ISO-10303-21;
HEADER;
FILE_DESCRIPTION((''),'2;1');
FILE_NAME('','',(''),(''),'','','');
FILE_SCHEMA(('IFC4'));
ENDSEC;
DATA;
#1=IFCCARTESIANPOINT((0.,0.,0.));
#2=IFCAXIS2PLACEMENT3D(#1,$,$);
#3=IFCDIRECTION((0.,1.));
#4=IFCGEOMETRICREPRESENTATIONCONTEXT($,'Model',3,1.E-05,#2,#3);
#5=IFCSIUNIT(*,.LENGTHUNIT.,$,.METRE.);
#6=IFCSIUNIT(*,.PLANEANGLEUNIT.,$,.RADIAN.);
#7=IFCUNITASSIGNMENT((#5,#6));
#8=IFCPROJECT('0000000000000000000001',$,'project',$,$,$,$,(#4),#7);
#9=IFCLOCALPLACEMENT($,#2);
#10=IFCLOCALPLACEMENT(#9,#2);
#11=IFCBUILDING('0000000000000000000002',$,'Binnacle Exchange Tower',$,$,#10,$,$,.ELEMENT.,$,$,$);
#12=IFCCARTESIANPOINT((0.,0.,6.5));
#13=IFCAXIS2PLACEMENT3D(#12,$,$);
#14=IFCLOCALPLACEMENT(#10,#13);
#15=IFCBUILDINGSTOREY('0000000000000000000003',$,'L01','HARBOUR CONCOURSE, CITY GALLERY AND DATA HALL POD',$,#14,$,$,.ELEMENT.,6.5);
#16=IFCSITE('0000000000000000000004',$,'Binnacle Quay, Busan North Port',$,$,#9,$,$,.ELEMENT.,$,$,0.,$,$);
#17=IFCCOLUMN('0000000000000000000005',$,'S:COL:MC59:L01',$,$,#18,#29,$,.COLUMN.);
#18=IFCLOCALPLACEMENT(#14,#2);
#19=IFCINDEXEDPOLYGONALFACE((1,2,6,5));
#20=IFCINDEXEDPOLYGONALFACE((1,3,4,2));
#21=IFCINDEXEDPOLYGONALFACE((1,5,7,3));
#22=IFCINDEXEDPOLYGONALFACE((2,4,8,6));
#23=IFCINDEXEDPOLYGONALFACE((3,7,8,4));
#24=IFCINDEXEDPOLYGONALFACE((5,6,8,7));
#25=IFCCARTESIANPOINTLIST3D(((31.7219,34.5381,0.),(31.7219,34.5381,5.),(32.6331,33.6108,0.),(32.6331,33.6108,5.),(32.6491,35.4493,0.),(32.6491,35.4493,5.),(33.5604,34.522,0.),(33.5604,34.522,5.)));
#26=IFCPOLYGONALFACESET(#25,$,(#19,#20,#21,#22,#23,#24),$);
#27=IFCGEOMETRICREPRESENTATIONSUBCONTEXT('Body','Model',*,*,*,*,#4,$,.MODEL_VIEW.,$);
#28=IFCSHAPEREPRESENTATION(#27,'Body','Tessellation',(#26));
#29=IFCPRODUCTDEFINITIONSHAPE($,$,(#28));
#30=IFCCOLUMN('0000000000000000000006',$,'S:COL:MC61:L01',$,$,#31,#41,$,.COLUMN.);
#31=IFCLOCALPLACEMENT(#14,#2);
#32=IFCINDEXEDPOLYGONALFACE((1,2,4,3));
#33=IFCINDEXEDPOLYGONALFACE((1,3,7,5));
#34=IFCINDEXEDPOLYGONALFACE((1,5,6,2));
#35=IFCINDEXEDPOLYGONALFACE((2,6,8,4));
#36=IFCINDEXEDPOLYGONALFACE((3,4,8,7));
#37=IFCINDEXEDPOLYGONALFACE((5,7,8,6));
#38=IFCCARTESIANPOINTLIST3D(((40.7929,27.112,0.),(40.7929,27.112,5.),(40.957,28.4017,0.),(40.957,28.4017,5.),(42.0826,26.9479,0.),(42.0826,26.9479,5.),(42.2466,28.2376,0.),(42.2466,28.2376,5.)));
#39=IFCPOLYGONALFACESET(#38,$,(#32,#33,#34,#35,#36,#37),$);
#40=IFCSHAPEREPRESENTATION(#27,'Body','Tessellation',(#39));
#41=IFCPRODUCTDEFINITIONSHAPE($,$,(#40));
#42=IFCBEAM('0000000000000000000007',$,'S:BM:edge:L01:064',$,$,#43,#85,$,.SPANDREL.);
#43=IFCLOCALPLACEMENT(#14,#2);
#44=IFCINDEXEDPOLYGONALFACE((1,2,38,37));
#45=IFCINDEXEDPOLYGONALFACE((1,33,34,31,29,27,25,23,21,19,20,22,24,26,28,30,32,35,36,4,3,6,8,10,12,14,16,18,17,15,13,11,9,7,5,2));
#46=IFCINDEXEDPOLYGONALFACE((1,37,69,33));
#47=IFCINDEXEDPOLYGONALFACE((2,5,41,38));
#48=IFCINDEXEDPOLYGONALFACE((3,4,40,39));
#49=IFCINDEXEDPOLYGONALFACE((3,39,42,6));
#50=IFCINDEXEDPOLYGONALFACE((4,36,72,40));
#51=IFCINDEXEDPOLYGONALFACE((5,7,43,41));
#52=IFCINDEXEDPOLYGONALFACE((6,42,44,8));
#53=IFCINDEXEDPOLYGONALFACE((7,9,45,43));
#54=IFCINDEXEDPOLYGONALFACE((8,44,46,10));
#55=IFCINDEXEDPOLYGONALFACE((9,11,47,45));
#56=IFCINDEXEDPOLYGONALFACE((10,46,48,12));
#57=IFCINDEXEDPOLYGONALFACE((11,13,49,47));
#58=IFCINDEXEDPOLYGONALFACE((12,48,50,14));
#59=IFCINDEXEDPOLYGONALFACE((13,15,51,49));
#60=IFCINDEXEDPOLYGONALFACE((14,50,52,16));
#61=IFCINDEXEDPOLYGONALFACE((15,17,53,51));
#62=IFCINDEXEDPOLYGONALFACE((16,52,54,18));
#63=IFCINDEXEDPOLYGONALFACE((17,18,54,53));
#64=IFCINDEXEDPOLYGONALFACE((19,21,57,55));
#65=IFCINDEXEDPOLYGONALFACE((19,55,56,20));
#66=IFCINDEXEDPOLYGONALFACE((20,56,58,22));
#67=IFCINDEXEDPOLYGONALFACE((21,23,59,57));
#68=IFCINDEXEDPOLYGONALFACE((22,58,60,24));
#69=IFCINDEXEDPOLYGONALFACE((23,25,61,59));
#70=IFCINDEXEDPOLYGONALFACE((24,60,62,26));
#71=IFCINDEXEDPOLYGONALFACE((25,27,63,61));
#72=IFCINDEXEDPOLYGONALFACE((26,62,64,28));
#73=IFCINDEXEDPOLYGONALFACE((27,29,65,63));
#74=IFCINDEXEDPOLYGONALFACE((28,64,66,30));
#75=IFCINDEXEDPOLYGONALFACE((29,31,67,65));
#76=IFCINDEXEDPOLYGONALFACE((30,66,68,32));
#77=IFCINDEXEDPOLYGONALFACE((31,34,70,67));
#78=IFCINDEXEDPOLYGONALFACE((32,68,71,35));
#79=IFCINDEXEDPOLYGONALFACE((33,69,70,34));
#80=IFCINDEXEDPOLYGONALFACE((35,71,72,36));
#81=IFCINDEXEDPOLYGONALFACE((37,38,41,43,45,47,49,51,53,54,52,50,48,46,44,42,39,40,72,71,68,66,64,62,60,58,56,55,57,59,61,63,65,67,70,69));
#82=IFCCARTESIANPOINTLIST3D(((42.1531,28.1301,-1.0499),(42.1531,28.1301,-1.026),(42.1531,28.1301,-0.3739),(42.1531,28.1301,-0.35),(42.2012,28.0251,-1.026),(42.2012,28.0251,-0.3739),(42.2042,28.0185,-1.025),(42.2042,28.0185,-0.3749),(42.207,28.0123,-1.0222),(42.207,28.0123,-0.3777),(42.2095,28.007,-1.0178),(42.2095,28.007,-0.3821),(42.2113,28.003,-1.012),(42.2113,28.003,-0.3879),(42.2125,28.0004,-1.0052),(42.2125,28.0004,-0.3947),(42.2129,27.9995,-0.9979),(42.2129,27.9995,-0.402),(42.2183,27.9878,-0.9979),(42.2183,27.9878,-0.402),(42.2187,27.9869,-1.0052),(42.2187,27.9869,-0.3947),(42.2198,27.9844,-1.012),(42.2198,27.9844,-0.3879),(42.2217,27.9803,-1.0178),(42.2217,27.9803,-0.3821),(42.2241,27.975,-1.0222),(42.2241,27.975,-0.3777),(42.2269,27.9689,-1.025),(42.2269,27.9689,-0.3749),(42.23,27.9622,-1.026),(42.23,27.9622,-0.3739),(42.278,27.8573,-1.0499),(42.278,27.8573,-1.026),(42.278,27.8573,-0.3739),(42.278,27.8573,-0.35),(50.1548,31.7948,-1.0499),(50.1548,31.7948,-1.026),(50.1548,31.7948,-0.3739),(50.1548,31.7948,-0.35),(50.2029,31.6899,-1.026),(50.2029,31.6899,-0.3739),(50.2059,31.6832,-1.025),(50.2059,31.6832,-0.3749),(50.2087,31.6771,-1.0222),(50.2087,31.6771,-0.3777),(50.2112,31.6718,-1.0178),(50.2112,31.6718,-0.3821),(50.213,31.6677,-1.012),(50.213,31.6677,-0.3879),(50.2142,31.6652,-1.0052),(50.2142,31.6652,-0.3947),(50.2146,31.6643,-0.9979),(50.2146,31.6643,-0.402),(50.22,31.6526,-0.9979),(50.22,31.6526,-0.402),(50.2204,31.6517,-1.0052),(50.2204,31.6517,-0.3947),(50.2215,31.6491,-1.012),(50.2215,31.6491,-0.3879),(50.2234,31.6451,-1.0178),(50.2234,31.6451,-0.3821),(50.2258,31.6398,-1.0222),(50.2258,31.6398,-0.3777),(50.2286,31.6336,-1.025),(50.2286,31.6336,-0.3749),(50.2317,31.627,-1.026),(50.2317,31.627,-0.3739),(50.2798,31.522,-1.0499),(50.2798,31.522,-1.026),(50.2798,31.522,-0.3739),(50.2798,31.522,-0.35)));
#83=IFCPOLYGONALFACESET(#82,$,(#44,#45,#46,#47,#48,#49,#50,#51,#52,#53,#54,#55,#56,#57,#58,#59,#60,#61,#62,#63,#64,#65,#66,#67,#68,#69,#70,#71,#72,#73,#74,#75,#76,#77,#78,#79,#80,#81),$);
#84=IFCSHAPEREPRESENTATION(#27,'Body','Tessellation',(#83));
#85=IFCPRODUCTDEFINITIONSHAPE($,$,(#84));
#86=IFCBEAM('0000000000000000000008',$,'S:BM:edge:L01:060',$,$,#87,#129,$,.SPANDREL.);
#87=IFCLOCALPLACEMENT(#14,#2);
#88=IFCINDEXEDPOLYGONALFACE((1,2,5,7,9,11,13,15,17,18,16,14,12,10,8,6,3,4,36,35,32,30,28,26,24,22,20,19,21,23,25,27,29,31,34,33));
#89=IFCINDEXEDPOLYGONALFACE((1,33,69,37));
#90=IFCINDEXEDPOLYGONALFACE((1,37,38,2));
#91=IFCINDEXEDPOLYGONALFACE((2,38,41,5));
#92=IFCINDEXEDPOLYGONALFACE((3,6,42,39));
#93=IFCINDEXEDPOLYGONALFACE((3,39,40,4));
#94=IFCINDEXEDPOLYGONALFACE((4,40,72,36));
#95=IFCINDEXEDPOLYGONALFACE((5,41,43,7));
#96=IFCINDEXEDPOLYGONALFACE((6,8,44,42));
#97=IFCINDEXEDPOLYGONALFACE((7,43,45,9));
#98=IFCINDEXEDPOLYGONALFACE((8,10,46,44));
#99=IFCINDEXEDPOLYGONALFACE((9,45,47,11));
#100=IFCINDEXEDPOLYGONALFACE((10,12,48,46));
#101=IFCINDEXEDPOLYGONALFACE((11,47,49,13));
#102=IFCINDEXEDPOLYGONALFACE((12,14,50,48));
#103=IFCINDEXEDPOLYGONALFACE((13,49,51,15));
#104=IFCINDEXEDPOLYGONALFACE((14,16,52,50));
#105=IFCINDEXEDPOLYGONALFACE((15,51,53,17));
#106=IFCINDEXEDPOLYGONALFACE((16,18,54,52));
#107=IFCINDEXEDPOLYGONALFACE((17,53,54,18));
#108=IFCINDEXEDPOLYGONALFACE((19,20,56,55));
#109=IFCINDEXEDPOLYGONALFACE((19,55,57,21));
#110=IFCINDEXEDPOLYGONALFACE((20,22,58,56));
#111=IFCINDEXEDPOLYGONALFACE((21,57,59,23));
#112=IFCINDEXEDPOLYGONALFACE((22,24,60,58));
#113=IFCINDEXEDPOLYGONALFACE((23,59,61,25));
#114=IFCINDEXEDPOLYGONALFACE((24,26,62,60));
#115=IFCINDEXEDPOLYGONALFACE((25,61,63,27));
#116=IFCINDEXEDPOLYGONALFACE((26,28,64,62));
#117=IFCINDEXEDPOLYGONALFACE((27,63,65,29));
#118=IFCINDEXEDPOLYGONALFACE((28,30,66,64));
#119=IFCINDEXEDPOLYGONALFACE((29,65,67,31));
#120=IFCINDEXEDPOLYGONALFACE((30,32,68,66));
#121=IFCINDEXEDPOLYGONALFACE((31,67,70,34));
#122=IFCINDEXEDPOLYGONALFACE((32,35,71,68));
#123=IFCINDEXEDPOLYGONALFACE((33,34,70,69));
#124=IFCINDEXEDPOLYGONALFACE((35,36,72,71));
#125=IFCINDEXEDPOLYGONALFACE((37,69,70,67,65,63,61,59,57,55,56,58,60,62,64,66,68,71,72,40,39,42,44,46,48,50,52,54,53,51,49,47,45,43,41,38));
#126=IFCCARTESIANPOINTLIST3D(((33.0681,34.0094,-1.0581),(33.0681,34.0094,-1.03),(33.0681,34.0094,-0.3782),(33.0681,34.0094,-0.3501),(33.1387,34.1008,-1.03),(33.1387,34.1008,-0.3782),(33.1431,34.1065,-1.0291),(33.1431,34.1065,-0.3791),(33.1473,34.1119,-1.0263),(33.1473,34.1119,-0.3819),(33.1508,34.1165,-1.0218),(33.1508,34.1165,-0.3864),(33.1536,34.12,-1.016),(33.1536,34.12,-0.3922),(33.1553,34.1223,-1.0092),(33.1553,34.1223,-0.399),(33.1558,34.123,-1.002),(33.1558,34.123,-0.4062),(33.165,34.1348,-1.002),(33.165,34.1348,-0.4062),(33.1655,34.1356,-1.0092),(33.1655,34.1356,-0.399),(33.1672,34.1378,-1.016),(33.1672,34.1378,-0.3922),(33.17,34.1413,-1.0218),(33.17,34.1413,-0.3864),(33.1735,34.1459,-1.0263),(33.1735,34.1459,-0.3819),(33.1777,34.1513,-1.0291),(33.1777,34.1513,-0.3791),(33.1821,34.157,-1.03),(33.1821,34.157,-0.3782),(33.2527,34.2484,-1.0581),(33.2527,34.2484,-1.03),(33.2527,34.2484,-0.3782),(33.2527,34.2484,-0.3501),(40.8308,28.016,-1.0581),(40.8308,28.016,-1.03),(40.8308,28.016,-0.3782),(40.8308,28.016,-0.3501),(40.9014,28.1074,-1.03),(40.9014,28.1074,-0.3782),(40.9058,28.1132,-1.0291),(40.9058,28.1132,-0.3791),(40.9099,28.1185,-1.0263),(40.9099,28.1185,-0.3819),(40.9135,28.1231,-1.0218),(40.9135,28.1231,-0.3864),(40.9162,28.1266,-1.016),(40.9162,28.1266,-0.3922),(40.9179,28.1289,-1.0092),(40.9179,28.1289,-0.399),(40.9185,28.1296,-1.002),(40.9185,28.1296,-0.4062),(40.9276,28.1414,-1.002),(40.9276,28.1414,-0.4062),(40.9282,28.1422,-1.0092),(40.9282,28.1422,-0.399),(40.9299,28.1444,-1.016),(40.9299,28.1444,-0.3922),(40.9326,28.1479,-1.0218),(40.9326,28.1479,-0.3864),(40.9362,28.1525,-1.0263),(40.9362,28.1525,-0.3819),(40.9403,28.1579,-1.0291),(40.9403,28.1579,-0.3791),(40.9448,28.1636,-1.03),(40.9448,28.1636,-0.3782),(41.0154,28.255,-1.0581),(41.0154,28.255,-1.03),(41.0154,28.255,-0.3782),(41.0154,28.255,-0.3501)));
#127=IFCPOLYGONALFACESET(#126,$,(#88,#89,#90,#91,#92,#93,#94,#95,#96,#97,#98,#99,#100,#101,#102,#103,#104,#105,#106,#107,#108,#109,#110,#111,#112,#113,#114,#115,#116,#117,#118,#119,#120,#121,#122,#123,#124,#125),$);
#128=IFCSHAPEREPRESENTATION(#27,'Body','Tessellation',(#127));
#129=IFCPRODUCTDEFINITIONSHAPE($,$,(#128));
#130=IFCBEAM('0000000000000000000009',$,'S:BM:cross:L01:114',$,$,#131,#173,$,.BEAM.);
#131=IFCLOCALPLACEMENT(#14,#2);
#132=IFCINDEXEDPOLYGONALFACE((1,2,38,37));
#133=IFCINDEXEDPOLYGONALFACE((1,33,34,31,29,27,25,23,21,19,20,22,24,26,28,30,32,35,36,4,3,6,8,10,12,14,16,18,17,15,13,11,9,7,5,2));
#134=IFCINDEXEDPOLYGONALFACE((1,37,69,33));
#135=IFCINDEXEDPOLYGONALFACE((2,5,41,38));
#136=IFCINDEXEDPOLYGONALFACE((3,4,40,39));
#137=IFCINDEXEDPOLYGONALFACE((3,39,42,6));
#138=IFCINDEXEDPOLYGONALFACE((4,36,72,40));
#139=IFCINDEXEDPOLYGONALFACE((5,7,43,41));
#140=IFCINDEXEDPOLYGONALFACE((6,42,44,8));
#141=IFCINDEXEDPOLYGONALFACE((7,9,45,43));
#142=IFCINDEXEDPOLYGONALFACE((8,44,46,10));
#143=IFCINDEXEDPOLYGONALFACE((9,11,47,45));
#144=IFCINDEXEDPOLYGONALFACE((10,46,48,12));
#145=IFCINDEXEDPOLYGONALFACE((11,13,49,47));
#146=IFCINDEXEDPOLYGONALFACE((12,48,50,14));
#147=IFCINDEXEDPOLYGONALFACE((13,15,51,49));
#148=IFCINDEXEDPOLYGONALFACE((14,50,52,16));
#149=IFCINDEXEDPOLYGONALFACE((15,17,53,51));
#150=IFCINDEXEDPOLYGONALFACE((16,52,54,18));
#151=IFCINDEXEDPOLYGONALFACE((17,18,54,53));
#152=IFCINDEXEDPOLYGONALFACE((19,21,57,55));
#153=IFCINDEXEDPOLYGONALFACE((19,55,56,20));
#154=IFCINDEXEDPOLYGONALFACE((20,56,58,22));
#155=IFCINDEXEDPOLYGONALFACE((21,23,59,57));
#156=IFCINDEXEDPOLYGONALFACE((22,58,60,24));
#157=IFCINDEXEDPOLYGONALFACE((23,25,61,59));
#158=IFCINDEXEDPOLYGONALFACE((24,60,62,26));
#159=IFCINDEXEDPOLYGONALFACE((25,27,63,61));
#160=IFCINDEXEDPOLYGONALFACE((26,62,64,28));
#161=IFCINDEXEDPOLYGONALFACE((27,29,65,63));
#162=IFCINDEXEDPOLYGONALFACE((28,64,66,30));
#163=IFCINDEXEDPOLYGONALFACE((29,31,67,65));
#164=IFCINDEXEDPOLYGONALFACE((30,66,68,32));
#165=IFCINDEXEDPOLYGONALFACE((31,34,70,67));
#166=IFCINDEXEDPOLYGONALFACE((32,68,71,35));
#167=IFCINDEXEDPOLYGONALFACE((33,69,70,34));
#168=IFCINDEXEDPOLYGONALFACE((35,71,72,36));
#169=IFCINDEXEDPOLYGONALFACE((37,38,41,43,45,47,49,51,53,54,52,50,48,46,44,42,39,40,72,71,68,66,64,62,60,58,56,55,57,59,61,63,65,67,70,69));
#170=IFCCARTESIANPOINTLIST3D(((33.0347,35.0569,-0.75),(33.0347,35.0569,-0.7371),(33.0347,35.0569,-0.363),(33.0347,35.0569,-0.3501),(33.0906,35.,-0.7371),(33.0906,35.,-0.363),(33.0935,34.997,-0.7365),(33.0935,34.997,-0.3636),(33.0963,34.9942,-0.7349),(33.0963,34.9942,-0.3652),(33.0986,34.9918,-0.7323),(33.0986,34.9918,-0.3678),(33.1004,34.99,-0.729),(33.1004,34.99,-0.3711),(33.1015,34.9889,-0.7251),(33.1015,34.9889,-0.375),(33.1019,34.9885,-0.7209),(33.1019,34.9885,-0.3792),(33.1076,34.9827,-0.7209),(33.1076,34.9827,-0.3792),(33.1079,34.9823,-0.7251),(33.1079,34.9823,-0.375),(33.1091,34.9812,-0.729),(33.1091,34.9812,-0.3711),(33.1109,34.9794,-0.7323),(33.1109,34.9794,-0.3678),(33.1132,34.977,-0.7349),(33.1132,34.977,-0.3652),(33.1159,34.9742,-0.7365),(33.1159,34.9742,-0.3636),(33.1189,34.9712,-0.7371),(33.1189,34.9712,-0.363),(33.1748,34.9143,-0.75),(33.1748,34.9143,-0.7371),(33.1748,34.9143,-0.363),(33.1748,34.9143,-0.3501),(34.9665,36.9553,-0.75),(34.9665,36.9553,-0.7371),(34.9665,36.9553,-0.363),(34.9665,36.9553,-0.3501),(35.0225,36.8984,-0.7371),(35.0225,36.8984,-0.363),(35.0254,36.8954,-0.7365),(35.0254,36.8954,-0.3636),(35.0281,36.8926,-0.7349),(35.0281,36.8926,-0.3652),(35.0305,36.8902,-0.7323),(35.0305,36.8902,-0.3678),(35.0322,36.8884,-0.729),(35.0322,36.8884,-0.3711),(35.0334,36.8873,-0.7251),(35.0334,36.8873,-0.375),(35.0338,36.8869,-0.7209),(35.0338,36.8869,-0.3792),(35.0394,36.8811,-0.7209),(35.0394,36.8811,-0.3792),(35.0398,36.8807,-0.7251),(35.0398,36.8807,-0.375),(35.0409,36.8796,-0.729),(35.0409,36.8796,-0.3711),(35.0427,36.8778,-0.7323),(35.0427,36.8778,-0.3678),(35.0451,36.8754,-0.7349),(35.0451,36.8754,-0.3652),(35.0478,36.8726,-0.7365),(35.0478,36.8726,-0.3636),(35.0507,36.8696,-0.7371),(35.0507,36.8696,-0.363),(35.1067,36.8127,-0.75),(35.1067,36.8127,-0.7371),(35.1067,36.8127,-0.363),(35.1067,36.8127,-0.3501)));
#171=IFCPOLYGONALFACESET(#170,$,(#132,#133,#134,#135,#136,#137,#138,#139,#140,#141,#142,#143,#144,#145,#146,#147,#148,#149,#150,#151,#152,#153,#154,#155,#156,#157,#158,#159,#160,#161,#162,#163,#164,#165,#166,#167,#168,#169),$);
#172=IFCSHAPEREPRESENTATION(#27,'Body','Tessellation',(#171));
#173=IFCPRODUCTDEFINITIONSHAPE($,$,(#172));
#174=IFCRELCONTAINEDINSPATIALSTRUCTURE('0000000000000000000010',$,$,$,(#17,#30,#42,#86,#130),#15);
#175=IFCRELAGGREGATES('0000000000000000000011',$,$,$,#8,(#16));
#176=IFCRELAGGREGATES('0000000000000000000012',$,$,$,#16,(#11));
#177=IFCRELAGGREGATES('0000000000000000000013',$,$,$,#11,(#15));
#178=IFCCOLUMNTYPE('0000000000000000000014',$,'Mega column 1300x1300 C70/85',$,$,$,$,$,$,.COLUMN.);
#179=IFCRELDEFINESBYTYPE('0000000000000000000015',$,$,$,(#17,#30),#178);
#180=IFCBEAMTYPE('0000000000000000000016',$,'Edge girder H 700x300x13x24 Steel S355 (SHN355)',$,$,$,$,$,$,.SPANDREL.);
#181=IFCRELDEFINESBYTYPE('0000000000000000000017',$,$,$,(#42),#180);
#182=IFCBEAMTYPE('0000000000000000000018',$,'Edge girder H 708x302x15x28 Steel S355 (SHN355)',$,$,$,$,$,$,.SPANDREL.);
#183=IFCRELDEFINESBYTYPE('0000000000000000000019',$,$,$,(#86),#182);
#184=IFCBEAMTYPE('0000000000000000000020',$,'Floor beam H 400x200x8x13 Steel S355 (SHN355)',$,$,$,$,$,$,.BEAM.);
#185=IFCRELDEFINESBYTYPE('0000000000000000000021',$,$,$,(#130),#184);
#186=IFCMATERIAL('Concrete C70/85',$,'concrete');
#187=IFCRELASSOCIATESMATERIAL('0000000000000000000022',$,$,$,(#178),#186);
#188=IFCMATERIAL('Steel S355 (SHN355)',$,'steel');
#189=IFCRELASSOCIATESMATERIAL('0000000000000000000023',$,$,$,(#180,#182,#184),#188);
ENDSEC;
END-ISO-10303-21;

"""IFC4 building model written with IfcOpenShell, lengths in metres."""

from ifc_helpers import new_model, si_unit, direction, frame, origin, origin_2d, place, context, subcontext, project, spatial, rectangle, i_section, extrude, material, material_profile, profile_set, type_object, element, save


model = new_model("IFC4")

# Units and contexts
model_context = context("Model", 3, precision=1e-05, world=origin(), true_north=direction((0.0, 1.0)))
body_context = subcontext(model_context, "Body", "Model", "MODEL_VIEW")
ifc_project = project(units=[si_unit("LENGTHUNIT", "METRE"), si_unit("PLANEANGLEUNIT", "RADIAN")], contexts=[model_context])

# Site, building, storey
site_placement = place(None, origin())
site = spatial("IfcSite", under=ifc_project, at=site_placement, Name="Binnacle Quay, Busan North Port", CompositionType="ELEMENT", RefElevation=0.0)
building_placement = place(site_placement, origin())
building = spatial("IfcBuilding", under=site, at=building_placement, Name="Binnacle Exchange Tower", CompositionType="ELEMENT")
storey_placement = place(building_placement, frame((0.0, 0.0, 6.5)))
storey = spatial("IfcBuildingStorey", under=building, at=storey_placement, Name="L01", Description="HARBOUR CONCOURSE, CITY GALLERY AND DATA HALL POD", CompositionType="ELEMENT", Elevation=6.5)

# Columns
ifc_material_1 = material(Name="Concrete C70/85", Category="concrete")
ifc_material_profile_1 = material_profile(ifc_material_1, rectangle(XDim=1.3, YDim=1.3, at=origin_2d()), Name="Mega column 1300x1300 C70/85")
ifc_profile_set_1 = profile_set([ifc_material_profile_1], Name="Concrete C70/85")
column_type = type_object("IfcColumnType", Name="Mega column 1300x1300 C70/85", PredefinedType="COLUMN", material=ifc_profile_set_1)
for number, where, z_axis, x_axis, name in (
    (1, (32.6411, 34.53, 0.0), (0.0, 0.0, 1.0), (0.700909, -0.71325, 0.0), "S:COL:MC59:L01"),
    (2, (41.5198, 27.6748, 0.0), (0.0, 0.0, 1.0), (0.992005, -0.126199, 0.0), "S:COL:MC61:L01"),
):
    element("IfcColumn", number, at=place(storey_placement, frame(where, z_axis=z_axis, x_axis=x_axis)), inside=storey, type_object=column_type, Name=name, PredefinedType="COLUMN", context=body_context, shape_type="SweptSolid", body=[
        extrude(rectangle(XDim=1.3, YDim=1.3, at=origin_2d()), origin(), (0.0, 0.0, 1.0), 5.0),
    ])

# Beams
ifc_material_2 = material(Name="Steel S355 (SHN355)", Category="steel")
ifc_material_profile_2 = material_profile(ifc_material_2, i_section(OverallWidth=0.3, OverallDepth=0.7, WebThickness=0.0129, FlangeThickness=0.0239, FilletRadius=0.0281, at=origin_2d()), Name="H 700x300x13x24")
ifc_profile_set_2 = profile_set([ifc_material_profile_2], Name="Steel S355 (SHN355)")
beam_type_1 = type_object("IfcBeamType", Name="Edge girder H 700x300x13x24 Steel S355 (SHN355)", PredefinedType="SPANDREL", material=ifc_profile_set_2)
beam_1_placement = place(storey_placement, frame((42.2156, 27.9937, -0.7), z_axis=(0.909179, 0.416405, 0.0), x_axis=(-0.416405, 0.909179, 0.0)))
element("IfcBeam", 3, at=beam_1_placement, inside=storey, type_object=beam_type_1, Name="S:BM:edge:L01:064", PredefinedType="SPANDREL", context=body_context, shape_type="SweptSolid", body=[
    extrude(i_section(OverallWidth=0.3, OverallDepth=0.7, WebThickness=0.0129, FlangeThickness=0.0239, FilletRadius=0.0281, at=origin_2d()), origin(), (0.0, 0.0, 1.0), 8.801),
])
ifc_material_profile_3 = material_profile(ifc_material_2, i_section(OverallWidth=0.302, OverallDepth=0.708, WebThickness=0.0149, FlangeThickness=0.0281, FilletRadius=0.0281, at=origin_2d()), Name="H 708x302x15x28")
ifc_profile_set_3 = profile_set([ifc_material_profile_3], Name="Steel S355 (SHN355)")
beam_type_2 = type_object("IfcBeamType", Name="Edge girder H 708x302x15x28 Steel S355 (SHN355)", PredefinedType="SPANDREL", material=ifc_profile_set_3)
beam_2_placement = place(storey_placement, frame((33.1604, 34.1289, -0.7041), z_axis=(0.791533, -0.611126, 0.0), x_axis=(0.611126, 0.791533, 0.0)))
element("IfcBeam", 4, at=beam_2_placement, inside=storey, type_object=beam_type_2, Name="S:BM:edge:L01:060", PredefinedType="SPANDREL", context=body_context, shape_type="SweptSolid", body=[
    extrude(i_section(OverallWidth=0.302, OverallDepth=0.708, WebThickness=0.0149, FlangeThickness=0.0281, FilletRadius=0.0281, at=origin_2d()), origin(), (0.0, 0.0, 1.0), 9.8071),
])
ifc_material_profile_4 = material_profile(ifc_material_2, i_section(OverallWidth=0.2, OverallDepth=0.3999, WebThickness=0.0081, FlangeThickness=0.0129, FilletRadius=0.0161, at=origin_2d()), Name="H 400x200x8x13")
ifc_profile_set_4 = profile_set([ifc_material_profile_4], Name="Steel S355 (SHN355)")
beam_type_3 = type_object("IfcBeamType", Name="Floor beam H 400x200x8x13 Steel S355 (SHN355)", PredefinedType="BEAM", material=ifc_profile_set_4)
beam_3_placement = place(storey_placement, frame((33.1047, 34.9856, -0.55), z_axis=(0.713254, 0.700905, 0.0), x_axis=(-0.700905, 0.713254, 0.0)))
element("IfcBeam", 5, at=beam_3_placement, inside=storey, type_object=beam_type_3, Name="S:BM:cross:L01:114", PredefinedType="BEAM", context=body_context, shape_type="SweptSolid", body=[
    extrude(i_section(OverallWidth=0.2, OverallDepth=0.3999, WebThickness=0.0081, FlangeThickness=0.0129, FilletRadius=0.0161, at=origin_2d()), origin(), (0.0, 0.0, 1.0), 2.7085),
])

save(model, "model.ifc")
